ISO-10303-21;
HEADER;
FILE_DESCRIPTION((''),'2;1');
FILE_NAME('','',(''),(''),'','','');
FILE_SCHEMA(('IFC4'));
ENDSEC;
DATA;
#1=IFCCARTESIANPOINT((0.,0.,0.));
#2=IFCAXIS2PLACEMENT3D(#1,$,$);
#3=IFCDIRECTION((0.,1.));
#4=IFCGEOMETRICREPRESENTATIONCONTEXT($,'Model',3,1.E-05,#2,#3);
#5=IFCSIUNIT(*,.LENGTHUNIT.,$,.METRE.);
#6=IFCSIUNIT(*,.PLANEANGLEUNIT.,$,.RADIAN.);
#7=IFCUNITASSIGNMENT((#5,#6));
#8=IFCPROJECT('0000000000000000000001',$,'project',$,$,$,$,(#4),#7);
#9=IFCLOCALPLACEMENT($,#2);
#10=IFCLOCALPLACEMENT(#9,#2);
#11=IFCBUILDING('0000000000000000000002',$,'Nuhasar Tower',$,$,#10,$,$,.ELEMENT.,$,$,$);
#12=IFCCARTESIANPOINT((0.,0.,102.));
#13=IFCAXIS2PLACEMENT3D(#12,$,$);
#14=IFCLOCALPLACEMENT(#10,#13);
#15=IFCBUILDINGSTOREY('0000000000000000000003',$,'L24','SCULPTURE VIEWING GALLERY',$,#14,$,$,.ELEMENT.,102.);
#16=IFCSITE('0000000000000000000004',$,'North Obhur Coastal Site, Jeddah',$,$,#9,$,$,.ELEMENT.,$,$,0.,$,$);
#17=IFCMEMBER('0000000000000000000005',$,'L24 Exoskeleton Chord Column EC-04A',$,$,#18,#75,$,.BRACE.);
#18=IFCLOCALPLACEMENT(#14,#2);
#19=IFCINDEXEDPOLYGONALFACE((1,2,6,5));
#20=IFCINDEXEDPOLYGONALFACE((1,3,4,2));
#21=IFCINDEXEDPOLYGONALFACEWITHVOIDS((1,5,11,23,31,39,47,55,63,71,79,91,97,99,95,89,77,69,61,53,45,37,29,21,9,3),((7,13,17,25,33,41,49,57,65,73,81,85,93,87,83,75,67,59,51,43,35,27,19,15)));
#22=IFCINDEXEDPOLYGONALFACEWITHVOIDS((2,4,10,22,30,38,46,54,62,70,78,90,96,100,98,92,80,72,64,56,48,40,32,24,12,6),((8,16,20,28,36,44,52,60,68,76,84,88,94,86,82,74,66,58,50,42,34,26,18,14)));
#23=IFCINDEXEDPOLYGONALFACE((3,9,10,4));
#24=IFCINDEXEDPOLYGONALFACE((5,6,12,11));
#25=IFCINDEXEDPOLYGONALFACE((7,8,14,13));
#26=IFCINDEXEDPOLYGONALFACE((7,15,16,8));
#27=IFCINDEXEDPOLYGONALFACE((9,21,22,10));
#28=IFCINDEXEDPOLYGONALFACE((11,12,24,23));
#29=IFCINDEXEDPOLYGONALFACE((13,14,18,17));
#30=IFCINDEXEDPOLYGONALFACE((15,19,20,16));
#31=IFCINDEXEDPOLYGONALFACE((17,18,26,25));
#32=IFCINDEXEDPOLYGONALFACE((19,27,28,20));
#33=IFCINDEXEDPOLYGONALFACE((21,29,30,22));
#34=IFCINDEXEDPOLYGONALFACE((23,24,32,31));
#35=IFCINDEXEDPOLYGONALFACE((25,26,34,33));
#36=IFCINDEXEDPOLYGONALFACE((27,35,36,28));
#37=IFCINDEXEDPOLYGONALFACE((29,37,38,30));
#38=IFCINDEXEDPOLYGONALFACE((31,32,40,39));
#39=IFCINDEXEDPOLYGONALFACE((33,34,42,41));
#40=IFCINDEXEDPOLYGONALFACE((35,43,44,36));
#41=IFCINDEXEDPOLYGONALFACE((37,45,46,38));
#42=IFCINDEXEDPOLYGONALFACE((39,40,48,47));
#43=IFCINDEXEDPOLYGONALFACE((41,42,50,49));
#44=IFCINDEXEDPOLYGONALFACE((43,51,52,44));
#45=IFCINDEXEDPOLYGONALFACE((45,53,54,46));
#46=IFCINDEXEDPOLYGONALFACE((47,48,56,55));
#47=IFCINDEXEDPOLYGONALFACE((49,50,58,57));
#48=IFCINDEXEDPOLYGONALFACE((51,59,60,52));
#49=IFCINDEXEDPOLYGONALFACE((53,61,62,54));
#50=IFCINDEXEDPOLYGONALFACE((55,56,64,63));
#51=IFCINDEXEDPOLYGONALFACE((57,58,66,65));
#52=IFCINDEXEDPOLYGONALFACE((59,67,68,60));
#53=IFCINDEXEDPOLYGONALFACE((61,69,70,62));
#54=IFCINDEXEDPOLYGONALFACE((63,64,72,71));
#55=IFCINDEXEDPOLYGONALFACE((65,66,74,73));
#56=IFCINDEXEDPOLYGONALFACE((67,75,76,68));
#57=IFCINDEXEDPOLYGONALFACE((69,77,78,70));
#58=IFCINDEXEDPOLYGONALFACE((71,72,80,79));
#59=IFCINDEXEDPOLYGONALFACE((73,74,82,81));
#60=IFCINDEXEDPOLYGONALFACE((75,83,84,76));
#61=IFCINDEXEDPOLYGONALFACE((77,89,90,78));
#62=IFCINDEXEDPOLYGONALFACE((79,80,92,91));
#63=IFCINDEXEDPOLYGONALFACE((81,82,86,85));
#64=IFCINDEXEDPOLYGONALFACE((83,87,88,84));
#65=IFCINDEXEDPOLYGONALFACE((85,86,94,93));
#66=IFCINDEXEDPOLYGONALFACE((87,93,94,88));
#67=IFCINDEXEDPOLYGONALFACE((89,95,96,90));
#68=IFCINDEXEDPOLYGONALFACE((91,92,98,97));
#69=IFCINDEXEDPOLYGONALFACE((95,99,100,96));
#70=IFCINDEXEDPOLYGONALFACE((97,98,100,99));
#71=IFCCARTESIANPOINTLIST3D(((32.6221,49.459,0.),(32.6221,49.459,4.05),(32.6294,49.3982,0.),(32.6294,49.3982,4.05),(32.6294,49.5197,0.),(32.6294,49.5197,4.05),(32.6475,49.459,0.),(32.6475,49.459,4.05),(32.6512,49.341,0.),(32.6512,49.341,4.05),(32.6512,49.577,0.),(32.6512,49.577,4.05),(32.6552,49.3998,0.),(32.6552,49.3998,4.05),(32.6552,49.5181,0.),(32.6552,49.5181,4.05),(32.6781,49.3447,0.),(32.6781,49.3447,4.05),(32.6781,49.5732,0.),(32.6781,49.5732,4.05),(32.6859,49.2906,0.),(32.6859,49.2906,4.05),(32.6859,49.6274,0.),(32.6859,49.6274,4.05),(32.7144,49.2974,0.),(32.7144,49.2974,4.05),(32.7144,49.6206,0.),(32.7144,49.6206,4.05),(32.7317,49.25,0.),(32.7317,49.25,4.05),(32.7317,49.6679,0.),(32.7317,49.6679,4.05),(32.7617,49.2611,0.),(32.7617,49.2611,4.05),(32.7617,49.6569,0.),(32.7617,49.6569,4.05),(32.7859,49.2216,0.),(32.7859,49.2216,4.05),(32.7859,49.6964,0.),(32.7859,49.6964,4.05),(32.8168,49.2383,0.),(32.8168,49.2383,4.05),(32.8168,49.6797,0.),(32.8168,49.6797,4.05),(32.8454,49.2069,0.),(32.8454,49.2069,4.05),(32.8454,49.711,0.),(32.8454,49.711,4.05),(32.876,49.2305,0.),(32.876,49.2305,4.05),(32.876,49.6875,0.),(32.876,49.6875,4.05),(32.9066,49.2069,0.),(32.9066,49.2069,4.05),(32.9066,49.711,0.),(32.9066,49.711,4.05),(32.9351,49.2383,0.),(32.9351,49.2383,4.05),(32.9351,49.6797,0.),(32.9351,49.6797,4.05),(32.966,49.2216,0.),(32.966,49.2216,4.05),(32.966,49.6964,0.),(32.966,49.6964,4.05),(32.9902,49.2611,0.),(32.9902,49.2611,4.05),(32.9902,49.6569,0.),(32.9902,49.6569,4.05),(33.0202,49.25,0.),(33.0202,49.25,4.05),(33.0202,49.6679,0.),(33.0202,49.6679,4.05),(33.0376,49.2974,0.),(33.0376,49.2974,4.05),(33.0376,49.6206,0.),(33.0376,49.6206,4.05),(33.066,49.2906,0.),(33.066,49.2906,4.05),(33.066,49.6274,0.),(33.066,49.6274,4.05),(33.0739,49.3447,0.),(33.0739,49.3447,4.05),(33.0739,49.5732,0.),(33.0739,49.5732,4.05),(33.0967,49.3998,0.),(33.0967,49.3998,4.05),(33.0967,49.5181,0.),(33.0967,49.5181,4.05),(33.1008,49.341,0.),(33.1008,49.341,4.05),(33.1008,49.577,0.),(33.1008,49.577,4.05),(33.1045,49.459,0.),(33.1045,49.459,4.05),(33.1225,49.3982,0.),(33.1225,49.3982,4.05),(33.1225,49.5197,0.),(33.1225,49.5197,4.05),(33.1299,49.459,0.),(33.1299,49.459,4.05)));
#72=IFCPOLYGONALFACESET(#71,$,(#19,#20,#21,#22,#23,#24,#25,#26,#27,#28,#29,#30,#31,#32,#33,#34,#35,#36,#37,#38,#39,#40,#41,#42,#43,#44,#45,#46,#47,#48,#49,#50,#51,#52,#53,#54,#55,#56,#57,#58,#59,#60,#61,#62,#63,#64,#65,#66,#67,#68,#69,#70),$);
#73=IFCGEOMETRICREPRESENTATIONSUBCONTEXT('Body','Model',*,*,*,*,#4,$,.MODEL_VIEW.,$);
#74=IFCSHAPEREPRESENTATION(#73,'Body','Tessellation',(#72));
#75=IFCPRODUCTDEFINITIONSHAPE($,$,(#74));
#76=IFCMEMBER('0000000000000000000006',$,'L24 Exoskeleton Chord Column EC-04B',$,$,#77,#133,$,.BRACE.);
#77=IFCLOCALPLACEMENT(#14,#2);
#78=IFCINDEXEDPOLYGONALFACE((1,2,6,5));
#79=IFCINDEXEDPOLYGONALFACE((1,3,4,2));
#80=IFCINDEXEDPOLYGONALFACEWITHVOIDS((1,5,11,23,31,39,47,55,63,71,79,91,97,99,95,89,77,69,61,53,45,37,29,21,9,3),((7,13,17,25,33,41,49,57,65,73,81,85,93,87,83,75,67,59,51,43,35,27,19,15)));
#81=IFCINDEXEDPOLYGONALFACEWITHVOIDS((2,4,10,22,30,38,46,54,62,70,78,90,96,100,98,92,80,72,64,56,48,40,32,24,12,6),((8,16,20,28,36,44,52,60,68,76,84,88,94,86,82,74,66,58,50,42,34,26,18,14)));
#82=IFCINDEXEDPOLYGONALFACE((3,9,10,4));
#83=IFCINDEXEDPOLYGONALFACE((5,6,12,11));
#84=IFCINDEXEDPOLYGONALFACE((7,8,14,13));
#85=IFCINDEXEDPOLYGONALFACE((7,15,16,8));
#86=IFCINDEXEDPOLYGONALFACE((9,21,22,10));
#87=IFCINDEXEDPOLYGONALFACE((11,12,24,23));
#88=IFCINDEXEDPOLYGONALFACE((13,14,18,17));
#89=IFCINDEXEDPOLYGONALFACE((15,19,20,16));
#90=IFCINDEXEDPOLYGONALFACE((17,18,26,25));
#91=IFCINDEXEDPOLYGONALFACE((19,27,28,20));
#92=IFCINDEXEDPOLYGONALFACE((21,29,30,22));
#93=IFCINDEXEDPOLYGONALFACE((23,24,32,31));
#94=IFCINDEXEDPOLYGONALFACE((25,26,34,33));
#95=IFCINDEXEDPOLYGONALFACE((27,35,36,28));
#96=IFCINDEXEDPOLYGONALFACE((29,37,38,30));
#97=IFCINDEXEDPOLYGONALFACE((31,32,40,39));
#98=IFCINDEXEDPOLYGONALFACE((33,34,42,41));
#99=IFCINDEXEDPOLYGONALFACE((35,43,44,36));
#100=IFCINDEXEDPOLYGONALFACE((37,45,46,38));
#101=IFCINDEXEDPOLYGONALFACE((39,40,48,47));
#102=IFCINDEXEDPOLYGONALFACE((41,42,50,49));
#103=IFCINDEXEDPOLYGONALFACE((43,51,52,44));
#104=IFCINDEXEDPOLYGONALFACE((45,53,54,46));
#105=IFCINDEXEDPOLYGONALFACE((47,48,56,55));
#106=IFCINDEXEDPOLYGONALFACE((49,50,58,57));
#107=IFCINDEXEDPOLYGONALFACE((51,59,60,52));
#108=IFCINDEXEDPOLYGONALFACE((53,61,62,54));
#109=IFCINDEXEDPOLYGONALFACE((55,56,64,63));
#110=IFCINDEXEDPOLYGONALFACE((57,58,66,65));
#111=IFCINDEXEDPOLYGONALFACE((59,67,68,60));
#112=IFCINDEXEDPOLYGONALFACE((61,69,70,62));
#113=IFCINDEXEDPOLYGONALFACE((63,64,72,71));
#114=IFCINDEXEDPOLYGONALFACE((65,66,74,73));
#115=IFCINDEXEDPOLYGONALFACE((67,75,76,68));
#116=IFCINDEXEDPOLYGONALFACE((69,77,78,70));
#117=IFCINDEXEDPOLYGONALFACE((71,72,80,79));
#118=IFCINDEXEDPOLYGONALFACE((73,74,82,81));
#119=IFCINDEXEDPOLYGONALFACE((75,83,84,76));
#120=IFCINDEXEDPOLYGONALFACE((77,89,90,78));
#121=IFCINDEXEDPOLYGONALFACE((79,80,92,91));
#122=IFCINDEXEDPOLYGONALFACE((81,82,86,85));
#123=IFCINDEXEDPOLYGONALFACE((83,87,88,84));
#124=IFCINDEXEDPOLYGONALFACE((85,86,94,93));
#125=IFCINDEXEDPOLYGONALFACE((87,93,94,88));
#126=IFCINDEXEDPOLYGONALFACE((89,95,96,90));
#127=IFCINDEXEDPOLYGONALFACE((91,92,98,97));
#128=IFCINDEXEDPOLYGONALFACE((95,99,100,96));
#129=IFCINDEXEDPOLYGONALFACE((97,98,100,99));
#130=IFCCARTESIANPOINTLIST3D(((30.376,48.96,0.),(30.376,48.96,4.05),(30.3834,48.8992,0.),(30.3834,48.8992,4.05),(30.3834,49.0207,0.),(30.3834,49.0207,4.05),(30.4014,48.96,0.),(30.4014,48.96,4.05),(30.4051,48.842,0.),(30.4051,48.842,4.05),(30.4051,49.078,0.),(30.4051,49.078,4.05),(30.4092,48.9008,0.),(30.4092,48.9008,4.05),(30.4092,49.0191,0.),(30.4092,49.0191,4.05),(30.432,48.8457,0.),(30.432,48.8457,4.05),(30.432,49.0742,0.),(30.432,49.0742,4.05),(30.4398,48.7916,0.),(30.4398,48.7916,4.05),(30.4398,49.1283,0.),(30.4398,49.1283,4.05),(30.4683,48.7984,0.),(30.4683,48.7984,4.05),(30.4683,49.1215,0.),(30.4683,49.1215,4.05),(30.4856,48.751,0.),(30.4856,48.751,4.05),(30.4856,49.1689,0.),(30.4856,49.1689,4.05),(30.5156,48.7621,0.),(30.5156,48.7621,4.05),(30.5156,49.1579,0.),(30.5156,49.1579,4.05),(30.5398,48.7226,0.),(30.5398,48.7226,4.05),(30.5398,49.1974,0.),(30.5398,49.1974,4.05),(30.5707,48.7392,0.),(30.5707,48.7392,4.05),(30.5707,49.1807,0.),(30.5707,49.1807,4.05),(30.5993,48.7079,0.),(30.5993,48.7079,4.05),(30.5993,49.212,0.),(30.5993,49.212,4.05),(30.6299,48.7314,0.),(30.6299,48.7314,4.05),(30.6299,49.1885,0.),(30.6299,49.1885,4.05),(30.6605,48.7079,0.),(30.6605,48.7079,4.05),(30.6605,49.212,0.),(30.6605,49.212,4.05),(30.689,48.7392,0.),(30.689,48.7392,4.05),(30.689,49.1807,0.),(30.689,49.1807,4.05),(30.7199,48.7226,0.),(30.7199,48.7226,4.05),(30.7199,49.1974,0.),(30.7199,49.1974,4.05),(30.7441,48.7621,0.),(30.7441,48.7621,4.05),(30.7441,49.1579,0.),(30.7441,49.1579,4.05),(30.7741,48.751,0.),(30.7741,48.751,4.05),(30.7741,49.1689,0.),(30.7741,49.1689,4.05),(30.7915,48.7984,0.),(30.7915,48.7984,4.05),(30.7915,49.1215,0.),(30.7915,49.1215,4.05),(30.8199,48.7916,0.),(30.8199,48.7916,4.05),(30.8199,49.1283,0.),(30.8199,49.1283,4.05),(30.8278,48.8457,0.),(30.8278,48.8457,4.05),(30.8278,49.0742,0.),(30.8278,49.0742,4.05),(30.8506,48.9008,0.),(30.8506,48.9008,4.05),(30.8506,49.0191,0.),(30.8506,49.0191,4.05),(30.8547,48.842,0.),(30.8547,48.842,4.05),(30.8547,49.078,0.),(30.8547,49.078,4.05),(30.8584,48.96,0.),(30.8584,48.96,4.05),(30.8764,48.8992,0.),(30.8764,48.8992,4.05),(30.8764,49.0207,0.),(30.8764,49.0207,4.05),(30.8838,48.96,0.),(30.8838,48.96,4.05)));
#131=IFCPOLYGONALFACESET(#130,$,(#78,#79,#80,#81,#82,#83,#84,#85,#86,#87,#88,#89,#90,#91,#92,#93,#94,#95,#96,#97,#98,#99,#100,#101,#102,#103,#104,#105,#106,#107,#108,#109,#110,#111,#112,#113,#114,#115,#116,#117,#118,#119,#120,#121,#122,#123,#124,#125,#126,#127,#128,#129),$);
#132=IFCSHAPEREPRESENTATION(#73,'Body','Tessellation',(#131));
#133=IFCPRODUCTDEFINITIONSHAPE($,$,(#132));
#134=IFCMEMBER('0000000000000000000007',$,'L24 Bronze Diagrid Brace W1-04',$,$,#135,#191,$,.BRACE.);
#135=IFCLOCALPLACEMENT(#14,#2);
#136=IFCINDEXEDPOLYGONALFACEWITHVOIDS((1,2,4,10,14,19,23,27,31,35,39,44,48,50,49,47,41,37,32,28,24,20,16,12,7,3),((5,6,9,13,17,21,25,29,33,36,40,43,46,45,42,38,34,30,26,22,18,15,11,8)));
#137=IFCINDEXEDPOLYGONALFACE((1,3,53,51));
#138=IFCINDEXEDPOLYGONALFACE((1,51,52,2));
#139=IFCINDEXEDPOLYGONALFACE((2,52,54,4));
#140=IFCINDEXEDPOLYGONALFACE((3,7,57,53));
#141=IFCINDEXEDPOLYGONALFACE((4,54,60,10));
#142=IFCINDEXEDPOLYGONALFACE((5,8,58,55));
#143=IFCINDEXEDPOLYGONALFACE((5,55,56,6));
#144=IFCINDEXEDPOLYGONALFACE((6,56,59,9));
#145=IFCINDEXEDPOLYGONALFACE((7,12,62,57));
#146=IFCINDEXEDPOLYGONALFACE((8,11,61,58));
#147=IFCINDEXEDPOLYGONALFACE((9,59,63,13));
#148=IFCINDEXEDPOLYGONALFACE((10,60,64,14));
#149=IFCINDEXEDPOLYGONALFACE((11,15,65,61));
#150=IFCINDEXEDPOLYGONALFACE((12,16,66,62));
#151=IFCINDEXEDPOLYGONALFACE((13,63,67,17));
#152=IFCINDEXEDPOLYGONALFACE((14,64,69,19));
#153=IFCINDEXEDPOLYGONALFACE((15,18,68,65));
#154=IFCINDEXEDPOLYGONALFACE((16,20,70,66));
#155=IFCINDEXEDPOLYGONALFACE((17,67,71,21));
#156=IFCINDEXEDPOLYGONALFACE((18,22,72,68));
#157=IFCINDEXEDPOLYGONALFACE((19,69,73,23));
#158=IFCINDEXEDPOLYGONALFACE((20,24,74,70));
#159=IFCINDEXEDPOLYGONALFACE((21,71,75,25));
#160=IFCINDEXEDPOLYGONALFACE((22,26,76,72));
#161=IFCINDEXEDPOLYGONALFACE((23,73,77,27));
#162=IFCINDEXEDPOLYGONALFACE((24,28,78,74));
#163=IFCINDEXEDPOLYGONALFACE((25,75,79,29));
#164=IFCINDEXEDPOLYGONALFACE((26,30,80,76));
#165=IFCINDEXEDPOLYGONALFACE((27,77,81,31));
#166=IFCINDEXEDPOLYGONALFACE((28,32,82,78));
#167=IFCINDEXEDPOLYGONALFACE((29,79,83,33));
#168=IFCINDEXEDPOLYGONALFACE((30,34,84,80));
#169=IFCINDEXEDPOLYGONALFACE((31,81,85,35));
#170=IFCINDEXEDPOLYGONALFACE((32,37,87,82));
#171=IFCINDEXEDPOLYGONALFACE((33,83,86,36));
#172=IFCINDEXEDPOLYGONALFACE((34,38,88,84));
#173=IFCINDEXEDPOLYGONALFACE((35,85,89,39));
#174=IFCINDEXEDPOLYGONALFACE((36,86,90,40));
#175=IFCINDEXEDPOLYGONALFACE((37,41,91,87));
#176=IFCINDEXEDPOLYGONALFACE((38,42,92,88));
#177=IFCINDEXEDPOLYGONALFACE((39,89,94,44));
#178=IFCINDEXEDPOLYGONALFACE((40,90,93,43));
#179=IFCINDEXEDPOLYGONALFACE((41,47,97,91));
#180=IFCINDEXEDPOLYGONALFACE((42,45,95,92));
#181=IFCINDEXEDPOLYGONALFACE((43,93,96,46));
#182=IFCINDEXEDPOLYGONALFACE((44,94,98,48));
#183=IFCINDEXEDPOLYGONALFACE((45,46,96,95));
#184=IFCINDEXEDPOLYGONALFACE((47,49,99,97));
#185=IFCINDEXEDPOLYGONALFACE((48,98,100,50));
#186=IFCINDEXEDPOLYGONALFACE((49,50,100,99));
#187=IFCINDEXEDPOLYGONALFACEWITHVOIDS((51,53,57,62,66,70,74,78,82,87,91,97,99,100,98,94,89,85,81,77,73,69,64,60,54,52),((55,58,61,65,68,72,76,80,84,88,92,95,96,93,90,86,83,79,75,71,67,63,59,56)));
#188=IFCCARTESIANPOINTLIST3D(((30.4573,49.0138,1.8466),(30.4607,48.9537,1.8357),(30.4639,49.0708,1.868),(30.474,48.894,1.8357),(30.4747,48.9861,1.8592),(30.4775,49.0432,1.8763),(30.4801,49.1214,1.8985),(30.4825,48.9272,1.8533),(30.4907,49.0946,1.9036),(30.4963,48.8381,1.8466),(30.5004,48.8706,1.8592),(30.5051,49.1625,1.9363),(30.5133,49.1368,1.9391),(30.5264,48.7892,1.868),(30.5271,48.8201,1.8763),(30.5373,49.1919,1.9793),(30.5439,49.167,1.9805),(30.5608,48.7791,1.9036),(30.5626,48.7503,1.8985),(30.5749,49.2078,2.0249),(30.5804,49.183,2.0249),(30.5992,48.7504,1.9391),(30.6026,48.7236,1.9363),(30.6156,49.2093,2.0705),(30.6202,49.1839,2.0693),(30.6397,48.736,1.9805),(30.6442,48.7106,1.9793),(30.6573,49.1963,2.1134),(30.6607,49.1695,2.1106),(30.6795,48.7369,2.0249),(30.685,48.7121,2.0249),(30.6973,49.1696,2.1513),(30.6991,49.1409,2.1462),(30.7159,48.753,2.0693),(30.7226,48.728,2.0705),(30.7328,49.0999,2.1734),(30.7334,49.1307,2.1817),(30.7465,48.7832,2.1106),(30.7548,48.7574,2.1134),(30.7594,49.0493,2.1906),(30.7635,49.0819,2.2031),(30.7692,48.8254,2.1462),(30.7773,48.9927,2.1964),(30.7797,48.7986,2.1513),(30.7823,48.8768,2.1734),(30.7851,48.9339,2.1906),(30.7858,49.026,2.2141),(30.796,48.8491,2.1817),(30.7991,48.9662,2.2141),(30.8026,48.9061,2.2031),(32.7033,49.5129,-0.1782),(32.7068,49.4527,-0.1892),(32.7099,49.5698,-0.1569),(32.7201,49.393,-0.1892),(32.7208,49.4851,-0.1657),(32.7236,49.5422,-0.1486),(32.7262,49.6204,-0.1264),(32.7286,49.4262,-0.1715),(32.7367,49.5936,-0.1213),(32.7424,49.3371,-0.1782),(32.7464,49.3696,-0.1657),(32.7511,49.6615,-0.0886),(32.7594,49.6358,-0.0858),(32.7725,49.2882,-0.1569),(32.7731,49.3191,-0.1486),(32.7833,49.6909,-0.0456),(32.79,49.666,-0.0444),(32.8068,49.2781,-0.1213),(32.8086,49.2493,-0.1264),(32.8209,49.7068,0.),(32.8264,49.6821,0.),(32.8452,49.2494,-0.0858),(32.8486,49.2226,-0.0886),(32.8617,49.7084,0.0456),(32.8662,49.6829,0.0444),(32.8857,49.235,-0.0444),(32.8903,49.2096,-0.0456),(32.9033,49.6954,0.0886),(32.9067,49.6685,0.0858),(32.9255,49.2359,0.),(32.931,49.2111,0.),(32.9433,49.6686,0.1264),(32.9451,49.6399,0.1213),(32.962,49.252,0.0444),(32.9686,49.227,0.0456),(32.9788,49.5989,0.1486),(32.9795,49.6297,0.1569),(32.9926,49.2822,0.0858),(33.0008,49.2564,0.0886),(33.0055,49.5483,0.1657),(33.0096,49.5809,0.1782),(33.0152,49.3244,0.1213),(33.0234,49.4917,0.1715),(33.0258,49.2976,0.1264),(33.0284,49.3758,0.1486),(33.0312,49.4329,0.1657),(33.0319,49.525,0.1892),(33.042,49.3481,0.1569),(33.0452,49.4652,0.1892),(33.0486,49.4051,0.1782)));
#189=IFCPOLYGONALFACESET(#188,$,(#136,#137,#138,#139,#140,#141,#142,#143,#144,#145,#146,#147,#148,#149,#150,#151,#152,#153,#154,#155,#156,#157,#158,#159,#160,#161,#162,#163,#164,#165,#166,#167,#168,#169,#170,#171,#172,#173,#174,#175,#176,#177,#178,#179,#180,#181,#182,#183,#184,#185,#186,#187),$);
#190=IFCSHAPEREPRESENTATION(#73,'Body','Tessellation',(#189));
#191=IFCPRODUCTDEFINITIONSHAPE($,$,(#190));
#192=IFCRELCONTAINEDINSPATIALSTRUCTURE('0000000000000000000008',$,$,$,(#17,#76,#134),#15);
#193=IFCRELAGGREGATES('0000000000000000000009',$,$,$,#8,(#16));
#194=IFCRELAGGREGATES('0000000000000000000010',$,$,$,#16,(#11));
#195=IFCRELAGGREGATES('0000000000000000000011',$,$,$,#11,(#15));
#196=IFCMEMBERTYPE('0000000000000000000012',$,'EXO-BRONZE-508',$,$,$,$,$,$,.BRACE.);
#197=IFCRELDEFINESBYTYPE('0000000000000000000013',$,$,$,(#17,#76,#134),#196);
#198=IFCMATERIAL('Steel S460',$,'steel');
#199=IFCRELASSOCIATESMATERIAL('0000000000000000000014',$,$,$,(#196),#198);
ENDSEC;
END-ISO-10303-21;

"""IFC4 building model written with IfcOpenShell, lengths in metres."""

from ifc_helpers import new_model, si_unit, direction, frame, origin, origin_2d, place, context, subcontext, project, spatial, hollow_circle, extrude, material, material_profile, profile_set, type_object, element, save


model = new_model("IFC4")

# Units and contexts
model_context = context("Model", 3, precision=1e-05, world=origin(), true_north=direction((0.0, 1.0)))
body_context = subcontext(model_context, "Body", "Model", "MODEL_VIEW")
ifc_project = project(units=[si_unit("LENGTHUNIT", "METRE"), si_unit("PLANEANGLEUNIT", "RADIAN")], contexts=[model_context])

# Site, building, storey
site_placement = place(None, origin())
site = spatial("IfcSite", under=ifc_project, at=site_placement, Name="North Obhur Coastal Site, Jeddah", CompositionType="ELEMENT", RefElevation=0.0)
building_placement = place(site_placement, origin())
building = spatial("IfcBuilding", under=site, at=building_placement, Name="Nuhasar Tower", CompositionType="ELEMENT")
storey_placement = place(building_placement, frame((0.0, 0.0, 102.0)))
storey = spatial("IfcBuildingStorey", under=building, at=storey_placement, Name="L24", Description="SCULPTURE VIEWING GALLERY", CompositionType="ELEMENT", Elevation=102.0)

# Members
ifc_material_1 = material(Name="Steel S460", Category="steel")
ifc_material_profile_1 = material_profile(ifc_material_1, hollow_circle(Radius=0.2539, WallThickness=0.0254, at=origin_2d()), Name="HSS508X25.4")
ifc_profile_set_1 = profile_set([ifc_material_profile_1], Name="Steel S460")
member_type_1 = type_object("IfcMemberType", Name="EXO-BRONZE-508", PredefinedType="BRACE", material=ifc_profile_set_1)
for number, where, z_axis, x_axis, name in (
    (1, (32.876, 49.459, 0.0), (0.0, 0.0, 1.0), (1.0, 0.0, 0.0), "L24 Exoskeleton Chord Column EC-04A"),
    (2, (30.6299, 48.96, 0.0), (0.0, 0.0, 1.0), (1.0, 0.0, 0.0), "L24 Exoskeleton Chord Column EC-04B"),
):
    element("IfcMember", number, at=place(storey_placement, frame(where, z_axis=z_axis, x_axis=x_axis)), inside=storey, type_object=member_type_1, Name=name, PredefinedType="BRACE", context=body_context, shape_type="SweptSolid", body=[
        extrude(hollow_circle(Radius=0.2539, WallThickness=0.0254, at=origin_2d()), origin(), (0.0, 0.0, 1.0), 4.05),
    ])
member_1_placement = place(storey_placement, frame((32.876, 49.459, 0.0), z_axis=(-0.732821, -0.162814, 0.660654), x_axis=(0.216886, -0.976197, 0.0)))
element("IfcMember", 3, at=member_1_placement, inside=storey, type_object=member_type_1, Name="L24 Bronze Diagrid Brace W1-04", PredefinedType="BRACE", context=body_context, shape_type="SweptSolid", body=[
    extrude(hollow_circle(Radius=0.2539, WallThickness=0.0254, at=origin_2d()), origin(), (0.0, 0.0, 1.0), 3.0649),
])

save(model, "model.ifc")
